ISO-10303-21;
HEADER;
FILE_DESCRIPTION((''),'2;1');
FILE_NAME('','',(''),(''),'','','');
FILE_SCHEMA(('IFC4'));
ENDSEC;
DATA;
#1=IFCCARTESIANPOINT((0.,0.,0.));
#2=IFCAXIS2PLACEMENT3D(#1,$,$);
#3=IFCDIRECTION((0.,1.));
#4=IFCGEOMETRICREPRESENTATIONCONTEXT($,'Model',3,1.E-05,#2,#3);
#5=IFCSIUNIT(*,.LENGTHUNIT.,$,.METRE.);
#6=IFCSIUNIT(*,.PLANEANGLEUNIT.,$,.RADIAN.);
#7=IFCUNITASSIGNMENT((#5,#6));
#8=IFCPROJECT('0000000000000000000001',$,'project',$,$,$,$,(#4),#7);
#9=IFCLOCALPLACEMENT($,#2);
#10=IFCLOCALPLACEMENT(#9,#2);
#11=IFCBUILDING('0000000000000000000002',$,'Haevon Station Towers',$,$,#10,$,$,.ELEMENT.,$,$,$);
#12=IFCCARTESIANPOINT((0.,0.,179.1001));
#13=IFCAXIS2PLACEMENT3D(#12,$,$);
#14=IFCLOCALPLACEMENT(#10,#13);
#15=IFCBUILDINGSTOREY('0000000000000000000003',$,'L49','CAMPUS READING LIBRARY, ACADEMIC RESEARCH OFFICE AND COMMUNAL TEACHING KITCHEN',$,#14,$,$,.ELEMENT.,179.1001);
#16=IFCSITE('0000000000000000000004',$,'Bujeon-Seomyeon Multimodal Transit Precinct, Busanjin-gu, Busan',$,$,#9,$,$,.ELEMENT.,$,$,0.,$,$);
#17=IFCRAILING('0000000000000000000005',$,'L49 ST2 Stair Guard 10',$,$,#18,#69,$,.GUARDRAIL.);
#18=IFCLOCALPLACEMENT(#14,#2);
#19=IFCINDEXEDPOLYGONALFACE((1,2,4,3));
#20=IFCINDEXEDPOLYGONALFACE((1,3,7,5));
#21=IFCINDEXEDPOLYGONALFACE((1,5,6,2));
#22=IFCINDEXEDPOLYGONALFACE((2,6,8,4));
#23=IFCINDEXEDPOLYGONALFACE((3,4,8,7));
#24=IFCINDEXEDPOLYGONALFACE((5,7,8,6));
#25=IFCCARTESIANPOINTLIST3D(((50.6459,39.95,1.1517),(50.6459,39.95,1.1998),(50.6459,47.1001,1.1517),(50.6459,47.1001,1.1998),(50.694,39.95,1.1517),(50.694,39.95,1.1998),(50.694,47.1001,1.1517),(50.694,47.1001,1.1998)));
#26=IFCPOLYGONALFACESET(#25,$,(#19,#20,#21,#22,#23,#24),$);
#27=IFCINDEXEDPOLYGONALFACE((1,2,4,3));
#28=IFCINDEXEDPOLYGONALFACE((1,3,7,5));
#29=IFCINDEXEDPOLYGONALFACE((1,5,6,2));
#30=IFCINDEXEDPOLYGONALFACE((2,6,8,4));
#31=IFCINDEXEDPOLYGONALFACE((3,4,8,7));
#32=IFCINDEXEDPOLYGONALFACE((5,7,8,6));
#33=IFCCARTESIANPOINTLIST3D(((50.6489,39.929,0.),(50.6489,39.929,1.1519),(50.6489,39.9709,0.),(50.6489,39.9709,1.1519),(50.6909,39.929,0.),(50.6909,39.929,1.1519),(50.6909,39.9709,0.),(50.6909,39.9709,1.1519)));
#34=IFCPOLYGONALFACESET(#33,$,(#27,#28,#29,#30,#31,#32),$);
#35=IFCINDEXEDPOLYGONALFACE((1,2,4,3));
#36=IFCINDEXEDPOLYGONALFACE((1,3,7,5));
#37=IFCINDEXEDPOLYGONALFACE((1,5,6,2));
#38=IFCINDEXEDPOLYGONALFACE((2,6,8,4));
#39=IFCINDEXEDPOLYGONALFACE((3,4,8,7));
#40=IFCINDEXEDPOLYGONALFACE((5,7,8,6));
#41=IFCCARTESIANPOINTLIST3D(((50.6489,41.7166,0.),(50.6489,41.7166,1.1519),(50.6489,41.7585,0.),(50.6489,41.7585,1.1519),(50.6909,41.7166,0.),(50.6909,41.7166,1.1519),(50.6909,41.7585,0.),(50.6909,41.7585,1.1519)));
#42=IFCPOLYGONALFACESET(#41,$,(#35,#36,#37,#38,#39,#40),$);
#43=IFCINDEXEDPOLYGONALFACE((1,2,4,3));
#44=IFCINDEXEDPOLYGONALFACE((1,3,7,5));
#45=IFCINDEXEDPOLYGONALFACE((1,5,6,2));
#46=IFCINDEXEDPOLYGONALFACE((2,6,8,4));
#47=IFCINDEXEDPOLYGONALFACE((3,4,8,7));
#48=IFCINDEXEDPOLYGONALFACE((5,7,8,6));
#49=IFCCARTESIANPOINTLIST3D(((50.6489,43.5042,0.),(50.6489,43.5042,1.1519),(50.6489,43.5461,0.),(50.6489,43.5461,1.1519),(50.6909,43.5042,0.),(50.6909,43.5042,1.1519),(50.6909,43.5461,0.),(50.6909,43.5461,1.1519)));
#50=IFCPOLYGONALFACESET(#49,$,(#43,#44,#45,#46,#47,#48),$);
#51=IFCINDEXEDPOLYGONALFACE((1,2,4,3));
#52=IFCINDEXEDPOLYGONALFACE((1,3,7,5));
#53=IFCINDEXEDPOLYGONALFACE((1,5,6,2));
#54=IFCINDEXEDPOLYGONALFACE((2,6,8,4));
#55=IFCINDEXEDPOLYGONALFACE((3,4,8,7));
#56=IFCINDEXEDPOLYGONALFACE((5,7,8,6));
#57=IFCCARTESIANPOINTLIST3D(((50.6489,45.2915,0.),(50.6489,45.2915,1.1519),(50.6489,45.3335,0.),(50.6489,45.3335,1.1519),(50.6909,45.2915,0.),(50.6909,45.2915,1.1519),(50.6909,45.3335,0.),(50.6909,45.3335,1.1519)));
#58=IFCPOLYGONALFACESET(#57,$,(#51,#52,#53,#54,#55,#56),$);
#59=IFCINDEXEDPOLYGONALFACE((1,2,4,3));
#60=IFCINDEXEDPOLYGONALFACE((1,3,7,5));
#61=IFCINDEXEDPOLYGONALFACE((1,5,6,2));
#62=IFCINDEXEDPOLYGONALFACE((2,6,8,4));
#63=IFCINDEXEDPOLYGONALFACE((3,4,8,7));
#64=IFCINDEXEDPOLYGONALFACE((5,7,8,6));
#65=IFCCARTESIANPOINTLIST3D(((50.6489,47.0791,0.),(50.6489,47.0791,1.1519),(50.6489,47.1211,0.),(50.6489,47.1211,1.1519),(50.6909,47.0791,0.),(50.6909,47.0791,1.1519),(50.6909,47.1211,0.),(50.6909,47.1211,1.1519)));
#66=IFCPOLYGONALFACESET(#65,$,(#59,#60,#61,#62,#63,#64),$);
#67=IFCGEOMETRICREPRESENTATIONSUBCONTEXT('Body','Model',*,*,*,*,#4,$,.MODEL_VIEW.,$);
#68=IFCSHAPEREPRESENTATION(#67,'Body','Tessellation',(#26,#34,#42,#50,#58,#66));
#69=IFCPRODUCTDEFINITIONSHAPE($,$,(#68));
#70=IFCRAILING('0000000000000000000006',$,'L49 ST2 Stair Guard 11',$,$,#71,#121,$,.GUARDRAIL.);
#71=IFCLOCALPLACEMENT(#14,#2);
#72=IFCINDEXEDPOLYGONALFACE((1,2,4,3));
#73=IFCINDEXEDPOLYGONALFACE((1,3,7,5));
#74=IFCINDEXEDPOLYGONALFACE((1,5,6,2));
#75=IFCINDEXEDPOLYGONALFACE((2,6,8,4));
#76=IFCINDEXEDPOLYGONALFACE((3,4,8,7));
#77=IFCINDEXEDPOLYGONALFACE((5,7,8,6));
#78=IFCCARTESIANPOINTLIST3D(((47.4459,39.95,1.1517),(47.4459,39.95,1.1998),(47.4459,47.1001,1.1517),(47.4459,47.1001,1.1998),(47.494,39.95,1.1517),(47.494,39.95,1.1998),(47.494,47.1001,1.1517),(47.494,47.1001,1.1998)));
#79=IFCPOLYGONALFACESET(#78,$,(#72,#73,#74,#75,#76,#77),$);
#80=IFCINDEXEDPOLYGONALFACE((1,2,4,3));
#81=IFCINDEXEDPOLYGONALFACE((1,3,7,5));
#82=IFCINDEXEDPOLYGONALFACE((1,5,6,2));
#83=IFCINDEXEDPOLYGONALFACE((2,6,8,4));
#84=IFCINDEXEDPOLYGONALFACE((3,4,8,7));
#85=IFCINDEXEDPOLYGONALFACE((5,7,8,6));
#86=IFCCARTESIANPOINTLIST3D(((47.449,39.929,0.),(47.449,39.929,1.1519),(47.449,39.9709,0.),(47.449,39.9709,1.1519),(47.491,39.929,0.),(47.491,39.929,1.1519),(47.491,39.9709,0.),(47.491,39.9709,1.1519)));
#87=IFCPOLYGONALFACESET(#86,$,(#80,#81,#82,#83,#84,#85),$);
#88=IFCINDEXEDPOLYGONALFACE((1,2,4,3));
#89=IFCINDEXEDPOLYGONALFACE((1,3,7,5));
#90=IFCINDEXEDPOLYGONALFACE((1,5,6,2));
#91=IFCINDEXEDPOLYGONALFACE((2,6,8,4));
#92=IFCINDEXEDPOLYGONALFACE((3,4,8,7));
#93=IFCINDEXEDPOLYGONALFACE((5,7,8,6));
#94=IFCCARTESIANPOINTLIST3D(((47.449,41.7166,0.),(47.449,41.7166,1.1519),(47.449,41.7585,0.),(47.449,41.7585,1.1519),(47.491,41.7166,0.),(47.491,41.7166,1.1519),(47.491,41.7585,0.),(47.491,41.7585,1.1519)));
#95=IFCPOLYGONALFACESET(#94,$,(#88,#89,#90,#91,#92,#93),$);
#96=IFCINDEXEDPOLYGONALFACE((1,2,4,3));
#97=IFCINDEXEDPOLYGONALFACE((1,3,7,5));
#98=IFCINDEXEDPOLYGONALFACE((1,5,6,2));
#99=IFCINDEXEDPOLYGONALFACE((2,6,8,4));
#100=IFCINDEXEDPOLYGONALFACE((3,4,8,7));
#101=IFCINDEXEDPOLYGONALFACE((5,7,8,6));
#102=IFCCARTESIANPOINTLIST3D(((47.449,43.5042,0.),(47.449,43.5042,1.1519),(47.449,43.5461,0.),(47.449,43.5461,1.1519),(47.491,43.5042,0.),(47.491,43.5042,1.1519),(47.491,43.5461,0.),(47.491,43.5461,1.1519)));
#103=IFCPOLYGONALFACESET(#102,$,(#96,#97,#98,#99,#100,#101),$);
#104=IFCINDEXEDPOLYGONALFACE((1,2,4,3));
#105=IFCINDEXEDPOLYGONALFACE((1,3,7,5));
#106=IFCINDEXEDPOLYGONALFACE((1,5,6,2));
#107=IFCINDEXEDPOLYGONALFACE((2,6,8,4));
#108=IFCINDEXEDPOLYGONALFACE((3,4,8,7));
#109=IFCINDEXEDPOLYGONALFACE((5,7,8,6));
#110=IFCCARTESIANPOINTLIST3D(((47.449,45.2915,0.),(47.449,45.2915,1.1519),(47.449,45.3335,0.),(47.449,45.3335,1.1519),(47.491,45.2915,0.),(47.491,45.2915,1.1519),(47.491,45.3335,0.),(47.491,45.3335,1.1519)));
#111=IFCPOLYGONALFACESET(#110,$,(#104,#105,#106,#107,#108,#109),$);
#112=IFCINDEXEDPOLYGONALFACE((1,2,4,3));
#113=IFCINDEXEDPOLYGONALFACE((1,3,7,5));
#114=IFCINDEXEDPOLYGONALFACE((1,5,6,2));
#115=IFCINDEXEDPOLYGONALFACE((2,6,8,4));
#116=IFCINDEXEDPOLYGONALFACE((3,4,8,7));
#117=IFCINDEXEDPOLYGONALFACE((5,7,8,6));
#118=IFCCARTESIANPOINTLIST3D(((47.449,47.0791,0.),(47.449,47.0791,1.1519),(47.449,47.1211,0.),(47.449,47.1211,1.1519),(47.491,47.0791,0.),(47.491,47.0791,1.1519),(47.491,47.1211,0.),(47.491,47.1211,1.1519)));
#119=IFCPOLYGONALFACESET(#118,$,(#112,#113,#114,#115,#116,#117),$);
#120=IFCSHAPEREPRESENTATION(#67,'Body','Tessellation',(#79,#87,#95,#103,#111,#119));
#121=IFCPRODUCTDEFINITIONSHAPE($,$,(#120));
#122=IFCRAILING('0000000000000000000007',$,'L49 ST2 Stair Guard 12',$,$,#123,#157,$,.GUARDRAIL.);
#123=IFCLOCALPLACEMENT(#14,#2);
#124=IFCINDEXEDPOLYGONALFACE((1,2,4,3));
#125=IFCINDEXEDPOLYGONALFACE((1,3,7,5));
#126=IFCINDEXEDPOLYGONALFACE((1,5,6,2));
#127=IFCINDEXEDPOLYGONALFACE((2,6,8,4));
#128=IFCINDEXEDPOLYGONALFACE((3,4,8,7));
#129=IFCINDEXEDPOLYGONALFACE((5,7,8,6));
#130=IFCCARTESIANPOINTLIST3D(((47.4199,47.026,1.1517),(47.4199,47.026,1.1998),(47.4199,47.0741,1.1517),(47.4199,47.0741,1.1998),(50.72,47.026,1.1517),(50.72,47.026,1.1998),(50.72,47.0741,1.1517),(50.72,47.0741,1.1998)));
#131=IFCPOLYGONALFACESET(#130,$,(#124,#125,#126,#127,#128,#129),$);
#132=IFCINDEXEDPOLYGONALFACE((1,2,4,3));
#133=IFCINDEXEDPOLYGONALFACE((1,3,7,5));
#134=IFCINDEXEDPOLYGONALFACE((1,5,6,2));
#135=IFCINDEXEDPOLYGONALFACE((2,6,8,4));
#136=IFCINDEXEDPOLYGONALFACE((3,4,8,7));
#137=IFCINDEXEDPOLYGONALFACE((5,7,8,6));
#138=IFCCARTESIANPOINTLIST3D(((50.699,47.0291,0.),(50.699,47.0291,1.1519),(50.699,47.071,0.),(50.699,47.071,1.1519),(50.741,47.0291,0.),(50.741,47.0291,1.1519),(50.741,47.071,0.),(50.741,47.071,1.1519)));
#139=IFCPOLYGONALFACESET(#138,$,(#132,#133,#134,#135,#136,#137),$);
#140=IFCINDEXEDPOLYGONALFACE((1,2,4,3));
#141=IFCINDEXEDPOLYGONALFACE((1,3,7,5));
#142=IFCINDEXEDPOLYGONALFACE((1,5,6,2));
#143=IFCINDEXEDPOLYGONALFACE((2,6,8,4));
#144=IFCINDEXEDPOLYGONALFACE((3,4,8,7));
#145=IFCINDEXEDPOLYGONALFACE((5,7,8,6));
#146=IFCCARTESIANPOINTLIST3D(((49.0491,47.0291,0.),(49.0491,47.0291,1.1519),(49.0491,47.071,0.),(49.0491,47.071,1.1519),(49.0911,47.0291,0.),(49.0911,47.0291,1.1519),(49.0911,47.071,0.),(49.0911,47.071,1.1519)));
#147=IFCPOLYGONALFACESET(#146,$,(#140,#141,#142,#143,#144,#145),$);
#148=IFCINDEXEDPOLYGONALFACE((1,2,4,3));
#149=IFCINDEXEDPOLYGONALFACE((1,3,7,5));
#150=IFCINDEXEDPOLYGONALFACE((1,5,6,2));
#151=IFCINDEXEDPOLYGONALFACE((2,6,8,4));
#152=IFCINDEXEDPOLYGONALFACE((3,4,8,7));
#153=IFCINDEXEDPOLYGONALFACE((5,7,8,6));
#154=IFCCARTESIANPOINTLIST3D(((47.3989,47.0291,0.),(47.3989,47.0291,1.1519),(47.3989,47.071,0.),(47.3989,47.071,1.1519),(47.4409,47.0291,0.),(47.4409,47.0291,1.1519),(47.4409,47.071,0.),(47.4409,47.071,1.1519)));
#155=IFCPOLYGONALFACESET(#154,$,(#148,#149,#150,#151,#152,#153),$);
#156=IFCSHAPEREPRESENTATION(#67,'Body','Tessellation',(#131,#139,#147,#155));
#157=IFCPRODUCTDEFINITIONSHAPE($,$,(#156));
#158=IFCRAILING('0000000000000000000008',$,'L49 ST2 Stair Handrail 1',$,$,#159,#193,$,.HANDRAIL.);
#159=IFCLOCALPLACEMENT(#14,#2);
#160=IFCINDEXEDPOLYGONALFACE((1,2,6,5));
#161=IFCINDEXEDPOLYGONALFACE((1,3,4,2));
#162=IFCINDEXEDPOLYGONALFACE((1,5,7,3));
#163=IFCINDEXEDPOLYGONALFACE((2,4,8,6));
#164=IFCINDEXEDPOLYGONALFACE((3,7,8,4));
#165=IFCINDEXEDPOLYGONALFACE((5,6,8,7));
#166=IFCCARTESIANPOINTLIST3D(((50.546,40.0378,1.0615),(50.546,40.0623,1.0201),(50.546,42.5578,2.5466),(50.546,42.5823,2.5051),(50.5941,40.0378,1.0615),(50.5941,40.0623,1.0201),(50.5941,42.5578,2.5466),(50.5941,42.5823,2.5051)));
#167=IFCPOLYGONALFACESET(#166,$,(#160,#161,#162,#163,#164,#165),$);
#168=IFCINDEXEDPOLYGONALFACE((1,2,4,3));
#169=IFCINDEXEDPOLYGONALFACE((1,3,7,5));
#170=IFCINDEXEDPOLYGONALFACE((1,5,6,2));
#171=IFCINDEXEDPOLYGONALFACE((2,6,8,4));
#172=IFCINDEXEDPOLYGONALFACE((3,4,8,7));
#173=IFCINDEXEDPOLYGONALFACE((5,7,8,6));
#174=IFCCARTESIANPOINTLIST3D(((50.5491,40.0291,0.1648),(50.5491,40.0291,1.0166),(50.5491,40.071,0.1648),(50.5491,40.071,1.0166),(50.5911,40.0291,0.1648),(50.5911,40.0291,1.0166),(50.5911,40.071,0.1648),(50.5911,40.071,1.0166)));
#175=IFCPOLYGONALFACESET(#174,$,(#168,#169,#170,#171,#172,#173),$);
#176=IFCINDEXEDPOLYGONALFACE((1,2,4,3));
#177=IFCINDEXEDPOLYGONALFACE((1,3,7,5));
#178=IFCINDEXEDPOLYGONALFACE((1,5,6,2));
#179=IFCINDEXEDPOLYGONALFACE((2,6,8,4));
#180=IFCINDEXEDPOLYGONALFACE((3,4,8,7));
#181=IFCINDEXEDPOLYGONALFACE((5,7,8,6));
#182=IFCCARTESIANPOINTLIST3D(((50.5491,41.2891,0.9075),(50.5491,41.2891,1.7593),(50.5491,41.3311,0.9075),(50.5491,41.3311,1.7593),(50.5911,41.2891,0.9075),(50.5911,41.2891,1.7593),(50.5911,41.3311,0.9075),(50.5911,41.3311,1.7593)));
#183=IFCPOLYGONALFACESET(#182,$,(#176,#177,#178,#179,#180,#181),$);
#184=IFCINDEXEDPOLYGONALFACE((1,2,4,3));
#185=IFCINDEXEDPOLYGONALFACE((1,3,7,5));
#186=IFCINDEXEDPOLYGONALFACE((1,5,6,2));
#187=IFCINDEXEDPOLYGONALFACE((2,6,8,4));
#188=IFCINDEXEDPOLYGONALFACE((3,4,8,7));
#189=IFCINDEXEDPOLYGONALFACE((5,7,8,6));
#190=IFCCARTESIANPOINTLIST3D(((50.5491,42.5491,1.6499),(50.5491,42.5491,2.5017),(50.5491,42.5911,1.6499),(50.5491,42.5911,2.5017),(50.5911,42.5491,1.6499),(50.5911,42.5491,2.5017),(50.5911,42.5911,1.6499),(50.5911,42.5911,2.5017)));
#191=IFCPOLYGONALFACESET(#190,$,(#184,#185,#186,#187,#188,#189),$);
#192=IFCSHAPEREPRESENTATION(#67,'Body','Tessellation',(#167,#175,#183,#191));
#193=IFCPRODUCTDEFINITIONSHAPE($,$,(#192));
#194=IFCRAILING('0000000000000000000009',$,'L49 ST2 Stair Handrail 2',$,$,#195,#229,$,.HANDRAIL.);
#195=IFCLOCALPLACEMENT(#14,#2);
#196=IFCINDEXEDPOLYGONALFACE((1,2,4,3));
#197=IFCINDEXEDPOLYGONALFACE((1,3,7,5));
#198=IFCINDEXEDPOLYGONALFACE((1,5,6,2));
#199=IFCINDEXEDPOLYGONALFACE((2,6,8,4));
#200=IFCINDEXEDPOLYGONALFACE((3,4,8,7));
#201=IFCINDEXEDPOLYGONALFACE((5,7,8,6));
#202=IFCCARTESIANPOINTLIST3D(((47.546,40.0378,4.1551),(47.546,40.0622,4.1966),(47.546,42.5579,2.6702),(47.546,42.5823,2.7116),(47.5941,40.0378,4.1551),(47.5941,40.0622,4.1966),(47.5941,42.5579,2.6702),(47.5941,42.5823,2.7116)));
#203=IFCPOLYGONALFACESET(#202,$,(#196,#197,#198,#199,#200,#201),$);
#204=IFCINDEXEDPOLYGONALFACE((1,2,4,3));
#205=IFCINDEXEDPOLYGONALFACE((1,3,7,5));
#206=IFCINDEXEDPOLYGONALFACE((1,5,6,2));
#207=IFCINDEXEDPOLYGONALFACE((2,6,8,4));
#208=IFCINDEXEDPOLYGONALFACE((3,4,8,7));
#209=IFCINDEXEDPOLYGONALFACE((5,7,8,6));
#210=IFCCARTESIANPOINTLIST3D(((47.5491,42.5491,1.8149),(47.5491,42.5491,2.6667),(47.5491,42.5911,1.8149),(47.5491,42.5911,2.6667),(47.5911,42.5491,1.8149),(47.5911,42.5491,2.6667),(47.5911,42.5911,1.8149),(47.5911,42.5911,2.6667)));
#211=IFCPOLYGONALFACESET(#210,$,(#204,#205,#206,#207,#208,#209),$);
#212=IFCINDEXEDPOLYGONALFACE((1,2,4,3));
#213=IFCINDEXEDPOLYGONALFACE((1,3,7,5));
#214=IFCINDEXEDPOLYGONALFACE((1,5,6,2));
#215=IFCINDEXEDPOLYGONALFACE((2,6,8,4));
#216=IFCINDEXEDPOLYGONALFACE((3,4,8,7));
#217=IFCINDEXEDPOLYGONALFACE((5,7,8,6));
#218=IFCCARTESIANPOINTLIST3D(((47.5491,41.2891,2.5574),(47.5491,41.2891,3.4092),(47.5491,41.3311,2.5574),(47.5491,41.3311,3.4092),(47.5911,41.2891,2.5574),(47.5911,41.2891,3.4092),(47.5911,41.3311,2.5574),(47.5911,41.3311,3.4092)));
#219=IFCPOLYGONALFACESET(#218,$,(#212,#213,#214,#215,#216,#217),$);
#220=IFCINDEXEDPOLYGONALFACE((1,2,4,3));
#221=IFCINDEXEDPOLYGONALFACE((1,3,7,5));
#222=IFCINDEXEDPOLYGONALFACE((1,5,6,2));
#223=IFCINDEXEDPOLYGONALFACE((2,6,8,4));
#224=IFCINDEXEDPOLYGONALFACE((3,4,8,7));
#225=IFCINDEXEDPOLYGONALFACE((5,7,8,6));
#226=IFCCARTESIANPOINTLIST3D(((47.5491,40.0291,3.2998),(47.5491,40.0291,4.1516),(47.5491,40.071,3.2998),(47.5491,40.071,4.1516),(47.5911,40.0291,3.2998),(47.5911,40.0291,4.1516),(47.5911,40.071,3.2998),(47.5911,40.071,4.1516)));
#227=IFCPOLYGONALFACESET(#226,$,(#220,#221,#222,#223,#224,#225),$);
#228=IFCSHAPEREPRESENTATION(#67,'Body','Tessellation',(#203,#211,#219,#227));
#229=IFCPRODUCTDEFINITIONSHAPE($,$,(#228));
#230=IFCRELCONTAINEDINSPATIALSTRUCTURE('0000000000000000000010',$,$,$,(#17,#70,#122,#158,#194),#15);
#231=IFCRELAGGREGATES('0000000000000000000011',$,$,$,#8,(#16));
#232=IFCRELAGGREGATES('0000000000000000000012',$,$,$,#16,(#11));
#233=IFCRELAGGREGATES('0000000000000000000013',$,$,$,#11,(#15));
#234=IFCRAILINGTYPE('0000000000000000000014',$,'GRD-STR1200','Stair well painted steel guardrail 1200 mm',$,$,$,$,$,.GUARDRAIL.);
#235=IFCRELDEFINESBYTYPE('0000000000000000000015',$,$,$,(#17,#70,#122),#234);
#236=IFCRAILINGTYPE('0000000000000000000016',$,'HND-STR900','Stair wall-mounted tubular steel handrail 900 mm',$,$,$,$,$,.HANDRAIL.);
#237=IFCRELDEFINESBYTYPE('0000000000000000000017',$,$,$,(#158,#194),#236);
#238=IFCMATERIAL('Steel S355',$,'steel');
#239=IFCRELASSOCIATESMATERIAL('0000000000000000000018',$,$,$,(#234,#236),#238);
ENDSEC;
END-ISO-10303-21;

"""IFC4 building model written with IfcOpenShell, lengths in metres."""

from ifc_helpers import new_model, si_unit, direction, frame, origin, origin_2d, place, context, subcontext, project, spatial, rectangle, extrude, material, type_object, element, save


model = new_model("IFC4")

# Units and contexts
model_context = context("Model", 3, precision=1e-05, world=origin(), true_north=direction((0.0, 1.0)))
body_context = subcontext(model_context, "Body", "Model", "MODEL_VIEW")
ifc_project = project(units=[si_unit("LENGTHUNIT", "METRE"), si_unit("PLANEANGLEUNIT", "RADIAN")], contexts=[model_context])

# Site, building, storey
site_placement = place(None, origin())
site = spatial("IfcSite", under=ifc_project, at=site_placement, Name="Bujeon-Seomyeon Multimodal Transit Precinct, Busanjin-gu, Busan", CompositionType="ELEMENT", RefElevation=0.0)
building_placement = place(site_placement, origin())
building = spatial("IfcBuilding", under=site, at=building_placement, Name="Haevon Station Towers", CompositionType="ELEMENT")
storey_placement = place(building_placement, frame((0.0, 0.0, 179.1001)))
storey = spatial("IfcBuildingStorey", under=building, at=storey_placement, Name="L49", Description="CAMPUS READING LIBRARY, ACADEMIC RESEARCH OFFICE AND COMMUNAL TEACHING KITCHEN", CompositionType="ELEMENT", Elevation=179.1001)

# Shared definitions
ifc_material_1 = material(Name="Steel S355", Category="steel")

# Railings
railing_type_1 = type_object("IfcRailingType", Name="GRD-STR1200", Description="Stair well painted steel guardrail 1200 mm", PredefinedType="GUARDRAIL", material=ifc_material_1)
for number, where, name in (
    (1, (50.6699, 39.95, 0.0), "L49 ST2 Stair Guard 10"),
    (2, (47.47, 39.95, 0.0), "L49 ST2 Stair Guard 11"),
):
    element("IfcRailing", number, at=place(storey_placement, frame(where)), inside=storey, type_object=railing_type_1, Name=name, PredefinedType="GUARDRAIL", context=body_context, shape_type="SweptSolid", body=[
        extrude(rectangle(XDim=0.0481, YDim=0.0481, at=origin_2d()), frame((0.0, 0.0, 1.1758), z_axis=(0.0, 1.0, 0.0), x_axis=(-1.0, 0.0, 0.0)), (0.0, 0.0, 1.0), 7.1501),
        extrude(rectangle(XDim=0.042, YDim=0.042, at=origin_2d()), origin(), (0.0, 0.0, 1.0), 1.1519),
        extrude(rectangle(XDim=0.042, YDim=0.042, at=origin_2d()), frame((0.0, 1.7876, 0.0)), (0.0, 0.0, 1.0), 1.1519),
        extrude(rectangle(XDim=0.042, YDim=0.042, at=origin_2d()), frame((0.0, 3.5752, 0.0)), (0.0, 0.0, 1.0), 1.1519),
        extrude(rectangle(XDim=0.042, YDim=0.042, at=origin_2d()), frame((0.0, 5.3625, 0.0)), (0.0, 0.0, 1.0), 1.1519),
        extrude(rectangle(XDim=0.042, YDim=0.042, at=origin_2d()), frame((0.0, 7.1501, 0.0)), (0.0, 0.0, 1.0), 1.1519),
    ])
railing_1_placement = place(storey_placement, frame((50.72, 47.05, 0.0)))
element("IfcRailing", 3, at=railing_1_placement, inside=storey, type_object=railing_type_1, Name="L49 ST2 Stair Guard 12", PredefinedType="GUARDRAIL", context=body_context, shape_type="SweptSolid", body=[
    extrude(rectangle(XDim=0.0481, YDim=0.0481, at=origin_2d()), frame((0.0, 0.0, 1.1758), z_axis=(-1.0, 0.0, 0.0), x_axis=(0.0, -1.0, 0.0)), (0.0, 0.0, 1.0), 3.3),
    extrude(rectangle(XDim=0.042, YDim=0.042, at=origin_2d()), origin(), (0.0, 0.0, 1.0), 1.1519),
    extrude(rectangle(XDim=0.042, YDim=0.042, at=origin_2d()), frame((-1.6499, 0.0, 0.0)), (0.0, 0.0, 1.0), 1.1519),
    extrude(rectangle(XDim=0.042, YDim=0.042, at=origin_2d()), frame((-3.3, 0.0, 0.0)), (0.0, 0.0, 1.0), 1.1519),
])
railing_type_2 = type_object("IfcRailingType", Name="HND-STR900", Description="Stair wall-mounted tubular steel handrail 900 mm", PredefinedType="HANDRAIL", material=ifc_material_1)
railing_2_placement = place(storey_placement, frame((50.5701, 40.05, 0.1648)))
element("IfcRailing", 4, at=railing_2_placement, inside=storey, type_object=railing_type_2, Name="L49 ST2 Stair Handrail 1", PredefinedType="HANDRAIL", context=body_context, shape_type="SweptSolid", body=[
    extrude(rectangle(XDim=0.0481, YDim=0.0481, at=origin_2d()), frame((0.0, 0.0, 0.876), z_axis=(0.0, 0.861524, 0.507717), x_axis=(-1.0, 0.0, 0.0)), (0.0, 0.0, 1.0), 2.925),
    extrude(rectangle(XDim=0.042, YDim=0.042, at=origin_2d()), origin(), (0.0, 0.0, 1.0), 0.8518),
    extrude(rectangle(XDim=0.042, YDim=0.042, at=origin_2d()), frame((0.0, 1.26, 0.7427)), (0.0, 0.0, 1.0), 0.8518),
    extrude(rectangle(XDim=0.042, YDim=0.042, at=origin_2d()), frame((0.0, 2.52, 1.4851)), (0.0, 0.0, 1.0), 0.8518),
])
railing_3_placement = place(storey_placement, frame((47.5701, 42.5701, 1.8149)))
element("IfcRailing", 5, at=railing_3_placement, inside=storey, type_object=railing_type_2, Name="L49 ST2 Stair Handrail 2", PredefinedType="HANDRAIL", context=body_context, shape_type="SweptSolid", body=[
    extrude(rectangle(XDim=0.0481, YDim=0.0481, at=origin_2d()), frame((0.0, 0.0, 0.876), z_axis=(0.0, -0.861561, 0.507655), x_axis=(1.0, 0.0, 0.0)), (0.0, 0.0, 1.0), 2.925),
    extrude(rectangle(XDim=0.042, YDim=0.042, at=origin_2d()), origin(), (0.0, 0.0, 1.0), 0.8518),
    extrude(rectangle(XDim=0.042, YDim=0.042, at=origin_2d()), frame((0.0, -1.26, 0.7424)), (0.0, 0.0, 1.0), 0.8518),
    extrude(rectangle(XDim=0.042, YDim=0.042, at=origin_2d()), frame((0.0, -2.52, 1.4849)), (0.0, 0.0, 1.0), 0.8518),
])

save(model, "model.ifc")
